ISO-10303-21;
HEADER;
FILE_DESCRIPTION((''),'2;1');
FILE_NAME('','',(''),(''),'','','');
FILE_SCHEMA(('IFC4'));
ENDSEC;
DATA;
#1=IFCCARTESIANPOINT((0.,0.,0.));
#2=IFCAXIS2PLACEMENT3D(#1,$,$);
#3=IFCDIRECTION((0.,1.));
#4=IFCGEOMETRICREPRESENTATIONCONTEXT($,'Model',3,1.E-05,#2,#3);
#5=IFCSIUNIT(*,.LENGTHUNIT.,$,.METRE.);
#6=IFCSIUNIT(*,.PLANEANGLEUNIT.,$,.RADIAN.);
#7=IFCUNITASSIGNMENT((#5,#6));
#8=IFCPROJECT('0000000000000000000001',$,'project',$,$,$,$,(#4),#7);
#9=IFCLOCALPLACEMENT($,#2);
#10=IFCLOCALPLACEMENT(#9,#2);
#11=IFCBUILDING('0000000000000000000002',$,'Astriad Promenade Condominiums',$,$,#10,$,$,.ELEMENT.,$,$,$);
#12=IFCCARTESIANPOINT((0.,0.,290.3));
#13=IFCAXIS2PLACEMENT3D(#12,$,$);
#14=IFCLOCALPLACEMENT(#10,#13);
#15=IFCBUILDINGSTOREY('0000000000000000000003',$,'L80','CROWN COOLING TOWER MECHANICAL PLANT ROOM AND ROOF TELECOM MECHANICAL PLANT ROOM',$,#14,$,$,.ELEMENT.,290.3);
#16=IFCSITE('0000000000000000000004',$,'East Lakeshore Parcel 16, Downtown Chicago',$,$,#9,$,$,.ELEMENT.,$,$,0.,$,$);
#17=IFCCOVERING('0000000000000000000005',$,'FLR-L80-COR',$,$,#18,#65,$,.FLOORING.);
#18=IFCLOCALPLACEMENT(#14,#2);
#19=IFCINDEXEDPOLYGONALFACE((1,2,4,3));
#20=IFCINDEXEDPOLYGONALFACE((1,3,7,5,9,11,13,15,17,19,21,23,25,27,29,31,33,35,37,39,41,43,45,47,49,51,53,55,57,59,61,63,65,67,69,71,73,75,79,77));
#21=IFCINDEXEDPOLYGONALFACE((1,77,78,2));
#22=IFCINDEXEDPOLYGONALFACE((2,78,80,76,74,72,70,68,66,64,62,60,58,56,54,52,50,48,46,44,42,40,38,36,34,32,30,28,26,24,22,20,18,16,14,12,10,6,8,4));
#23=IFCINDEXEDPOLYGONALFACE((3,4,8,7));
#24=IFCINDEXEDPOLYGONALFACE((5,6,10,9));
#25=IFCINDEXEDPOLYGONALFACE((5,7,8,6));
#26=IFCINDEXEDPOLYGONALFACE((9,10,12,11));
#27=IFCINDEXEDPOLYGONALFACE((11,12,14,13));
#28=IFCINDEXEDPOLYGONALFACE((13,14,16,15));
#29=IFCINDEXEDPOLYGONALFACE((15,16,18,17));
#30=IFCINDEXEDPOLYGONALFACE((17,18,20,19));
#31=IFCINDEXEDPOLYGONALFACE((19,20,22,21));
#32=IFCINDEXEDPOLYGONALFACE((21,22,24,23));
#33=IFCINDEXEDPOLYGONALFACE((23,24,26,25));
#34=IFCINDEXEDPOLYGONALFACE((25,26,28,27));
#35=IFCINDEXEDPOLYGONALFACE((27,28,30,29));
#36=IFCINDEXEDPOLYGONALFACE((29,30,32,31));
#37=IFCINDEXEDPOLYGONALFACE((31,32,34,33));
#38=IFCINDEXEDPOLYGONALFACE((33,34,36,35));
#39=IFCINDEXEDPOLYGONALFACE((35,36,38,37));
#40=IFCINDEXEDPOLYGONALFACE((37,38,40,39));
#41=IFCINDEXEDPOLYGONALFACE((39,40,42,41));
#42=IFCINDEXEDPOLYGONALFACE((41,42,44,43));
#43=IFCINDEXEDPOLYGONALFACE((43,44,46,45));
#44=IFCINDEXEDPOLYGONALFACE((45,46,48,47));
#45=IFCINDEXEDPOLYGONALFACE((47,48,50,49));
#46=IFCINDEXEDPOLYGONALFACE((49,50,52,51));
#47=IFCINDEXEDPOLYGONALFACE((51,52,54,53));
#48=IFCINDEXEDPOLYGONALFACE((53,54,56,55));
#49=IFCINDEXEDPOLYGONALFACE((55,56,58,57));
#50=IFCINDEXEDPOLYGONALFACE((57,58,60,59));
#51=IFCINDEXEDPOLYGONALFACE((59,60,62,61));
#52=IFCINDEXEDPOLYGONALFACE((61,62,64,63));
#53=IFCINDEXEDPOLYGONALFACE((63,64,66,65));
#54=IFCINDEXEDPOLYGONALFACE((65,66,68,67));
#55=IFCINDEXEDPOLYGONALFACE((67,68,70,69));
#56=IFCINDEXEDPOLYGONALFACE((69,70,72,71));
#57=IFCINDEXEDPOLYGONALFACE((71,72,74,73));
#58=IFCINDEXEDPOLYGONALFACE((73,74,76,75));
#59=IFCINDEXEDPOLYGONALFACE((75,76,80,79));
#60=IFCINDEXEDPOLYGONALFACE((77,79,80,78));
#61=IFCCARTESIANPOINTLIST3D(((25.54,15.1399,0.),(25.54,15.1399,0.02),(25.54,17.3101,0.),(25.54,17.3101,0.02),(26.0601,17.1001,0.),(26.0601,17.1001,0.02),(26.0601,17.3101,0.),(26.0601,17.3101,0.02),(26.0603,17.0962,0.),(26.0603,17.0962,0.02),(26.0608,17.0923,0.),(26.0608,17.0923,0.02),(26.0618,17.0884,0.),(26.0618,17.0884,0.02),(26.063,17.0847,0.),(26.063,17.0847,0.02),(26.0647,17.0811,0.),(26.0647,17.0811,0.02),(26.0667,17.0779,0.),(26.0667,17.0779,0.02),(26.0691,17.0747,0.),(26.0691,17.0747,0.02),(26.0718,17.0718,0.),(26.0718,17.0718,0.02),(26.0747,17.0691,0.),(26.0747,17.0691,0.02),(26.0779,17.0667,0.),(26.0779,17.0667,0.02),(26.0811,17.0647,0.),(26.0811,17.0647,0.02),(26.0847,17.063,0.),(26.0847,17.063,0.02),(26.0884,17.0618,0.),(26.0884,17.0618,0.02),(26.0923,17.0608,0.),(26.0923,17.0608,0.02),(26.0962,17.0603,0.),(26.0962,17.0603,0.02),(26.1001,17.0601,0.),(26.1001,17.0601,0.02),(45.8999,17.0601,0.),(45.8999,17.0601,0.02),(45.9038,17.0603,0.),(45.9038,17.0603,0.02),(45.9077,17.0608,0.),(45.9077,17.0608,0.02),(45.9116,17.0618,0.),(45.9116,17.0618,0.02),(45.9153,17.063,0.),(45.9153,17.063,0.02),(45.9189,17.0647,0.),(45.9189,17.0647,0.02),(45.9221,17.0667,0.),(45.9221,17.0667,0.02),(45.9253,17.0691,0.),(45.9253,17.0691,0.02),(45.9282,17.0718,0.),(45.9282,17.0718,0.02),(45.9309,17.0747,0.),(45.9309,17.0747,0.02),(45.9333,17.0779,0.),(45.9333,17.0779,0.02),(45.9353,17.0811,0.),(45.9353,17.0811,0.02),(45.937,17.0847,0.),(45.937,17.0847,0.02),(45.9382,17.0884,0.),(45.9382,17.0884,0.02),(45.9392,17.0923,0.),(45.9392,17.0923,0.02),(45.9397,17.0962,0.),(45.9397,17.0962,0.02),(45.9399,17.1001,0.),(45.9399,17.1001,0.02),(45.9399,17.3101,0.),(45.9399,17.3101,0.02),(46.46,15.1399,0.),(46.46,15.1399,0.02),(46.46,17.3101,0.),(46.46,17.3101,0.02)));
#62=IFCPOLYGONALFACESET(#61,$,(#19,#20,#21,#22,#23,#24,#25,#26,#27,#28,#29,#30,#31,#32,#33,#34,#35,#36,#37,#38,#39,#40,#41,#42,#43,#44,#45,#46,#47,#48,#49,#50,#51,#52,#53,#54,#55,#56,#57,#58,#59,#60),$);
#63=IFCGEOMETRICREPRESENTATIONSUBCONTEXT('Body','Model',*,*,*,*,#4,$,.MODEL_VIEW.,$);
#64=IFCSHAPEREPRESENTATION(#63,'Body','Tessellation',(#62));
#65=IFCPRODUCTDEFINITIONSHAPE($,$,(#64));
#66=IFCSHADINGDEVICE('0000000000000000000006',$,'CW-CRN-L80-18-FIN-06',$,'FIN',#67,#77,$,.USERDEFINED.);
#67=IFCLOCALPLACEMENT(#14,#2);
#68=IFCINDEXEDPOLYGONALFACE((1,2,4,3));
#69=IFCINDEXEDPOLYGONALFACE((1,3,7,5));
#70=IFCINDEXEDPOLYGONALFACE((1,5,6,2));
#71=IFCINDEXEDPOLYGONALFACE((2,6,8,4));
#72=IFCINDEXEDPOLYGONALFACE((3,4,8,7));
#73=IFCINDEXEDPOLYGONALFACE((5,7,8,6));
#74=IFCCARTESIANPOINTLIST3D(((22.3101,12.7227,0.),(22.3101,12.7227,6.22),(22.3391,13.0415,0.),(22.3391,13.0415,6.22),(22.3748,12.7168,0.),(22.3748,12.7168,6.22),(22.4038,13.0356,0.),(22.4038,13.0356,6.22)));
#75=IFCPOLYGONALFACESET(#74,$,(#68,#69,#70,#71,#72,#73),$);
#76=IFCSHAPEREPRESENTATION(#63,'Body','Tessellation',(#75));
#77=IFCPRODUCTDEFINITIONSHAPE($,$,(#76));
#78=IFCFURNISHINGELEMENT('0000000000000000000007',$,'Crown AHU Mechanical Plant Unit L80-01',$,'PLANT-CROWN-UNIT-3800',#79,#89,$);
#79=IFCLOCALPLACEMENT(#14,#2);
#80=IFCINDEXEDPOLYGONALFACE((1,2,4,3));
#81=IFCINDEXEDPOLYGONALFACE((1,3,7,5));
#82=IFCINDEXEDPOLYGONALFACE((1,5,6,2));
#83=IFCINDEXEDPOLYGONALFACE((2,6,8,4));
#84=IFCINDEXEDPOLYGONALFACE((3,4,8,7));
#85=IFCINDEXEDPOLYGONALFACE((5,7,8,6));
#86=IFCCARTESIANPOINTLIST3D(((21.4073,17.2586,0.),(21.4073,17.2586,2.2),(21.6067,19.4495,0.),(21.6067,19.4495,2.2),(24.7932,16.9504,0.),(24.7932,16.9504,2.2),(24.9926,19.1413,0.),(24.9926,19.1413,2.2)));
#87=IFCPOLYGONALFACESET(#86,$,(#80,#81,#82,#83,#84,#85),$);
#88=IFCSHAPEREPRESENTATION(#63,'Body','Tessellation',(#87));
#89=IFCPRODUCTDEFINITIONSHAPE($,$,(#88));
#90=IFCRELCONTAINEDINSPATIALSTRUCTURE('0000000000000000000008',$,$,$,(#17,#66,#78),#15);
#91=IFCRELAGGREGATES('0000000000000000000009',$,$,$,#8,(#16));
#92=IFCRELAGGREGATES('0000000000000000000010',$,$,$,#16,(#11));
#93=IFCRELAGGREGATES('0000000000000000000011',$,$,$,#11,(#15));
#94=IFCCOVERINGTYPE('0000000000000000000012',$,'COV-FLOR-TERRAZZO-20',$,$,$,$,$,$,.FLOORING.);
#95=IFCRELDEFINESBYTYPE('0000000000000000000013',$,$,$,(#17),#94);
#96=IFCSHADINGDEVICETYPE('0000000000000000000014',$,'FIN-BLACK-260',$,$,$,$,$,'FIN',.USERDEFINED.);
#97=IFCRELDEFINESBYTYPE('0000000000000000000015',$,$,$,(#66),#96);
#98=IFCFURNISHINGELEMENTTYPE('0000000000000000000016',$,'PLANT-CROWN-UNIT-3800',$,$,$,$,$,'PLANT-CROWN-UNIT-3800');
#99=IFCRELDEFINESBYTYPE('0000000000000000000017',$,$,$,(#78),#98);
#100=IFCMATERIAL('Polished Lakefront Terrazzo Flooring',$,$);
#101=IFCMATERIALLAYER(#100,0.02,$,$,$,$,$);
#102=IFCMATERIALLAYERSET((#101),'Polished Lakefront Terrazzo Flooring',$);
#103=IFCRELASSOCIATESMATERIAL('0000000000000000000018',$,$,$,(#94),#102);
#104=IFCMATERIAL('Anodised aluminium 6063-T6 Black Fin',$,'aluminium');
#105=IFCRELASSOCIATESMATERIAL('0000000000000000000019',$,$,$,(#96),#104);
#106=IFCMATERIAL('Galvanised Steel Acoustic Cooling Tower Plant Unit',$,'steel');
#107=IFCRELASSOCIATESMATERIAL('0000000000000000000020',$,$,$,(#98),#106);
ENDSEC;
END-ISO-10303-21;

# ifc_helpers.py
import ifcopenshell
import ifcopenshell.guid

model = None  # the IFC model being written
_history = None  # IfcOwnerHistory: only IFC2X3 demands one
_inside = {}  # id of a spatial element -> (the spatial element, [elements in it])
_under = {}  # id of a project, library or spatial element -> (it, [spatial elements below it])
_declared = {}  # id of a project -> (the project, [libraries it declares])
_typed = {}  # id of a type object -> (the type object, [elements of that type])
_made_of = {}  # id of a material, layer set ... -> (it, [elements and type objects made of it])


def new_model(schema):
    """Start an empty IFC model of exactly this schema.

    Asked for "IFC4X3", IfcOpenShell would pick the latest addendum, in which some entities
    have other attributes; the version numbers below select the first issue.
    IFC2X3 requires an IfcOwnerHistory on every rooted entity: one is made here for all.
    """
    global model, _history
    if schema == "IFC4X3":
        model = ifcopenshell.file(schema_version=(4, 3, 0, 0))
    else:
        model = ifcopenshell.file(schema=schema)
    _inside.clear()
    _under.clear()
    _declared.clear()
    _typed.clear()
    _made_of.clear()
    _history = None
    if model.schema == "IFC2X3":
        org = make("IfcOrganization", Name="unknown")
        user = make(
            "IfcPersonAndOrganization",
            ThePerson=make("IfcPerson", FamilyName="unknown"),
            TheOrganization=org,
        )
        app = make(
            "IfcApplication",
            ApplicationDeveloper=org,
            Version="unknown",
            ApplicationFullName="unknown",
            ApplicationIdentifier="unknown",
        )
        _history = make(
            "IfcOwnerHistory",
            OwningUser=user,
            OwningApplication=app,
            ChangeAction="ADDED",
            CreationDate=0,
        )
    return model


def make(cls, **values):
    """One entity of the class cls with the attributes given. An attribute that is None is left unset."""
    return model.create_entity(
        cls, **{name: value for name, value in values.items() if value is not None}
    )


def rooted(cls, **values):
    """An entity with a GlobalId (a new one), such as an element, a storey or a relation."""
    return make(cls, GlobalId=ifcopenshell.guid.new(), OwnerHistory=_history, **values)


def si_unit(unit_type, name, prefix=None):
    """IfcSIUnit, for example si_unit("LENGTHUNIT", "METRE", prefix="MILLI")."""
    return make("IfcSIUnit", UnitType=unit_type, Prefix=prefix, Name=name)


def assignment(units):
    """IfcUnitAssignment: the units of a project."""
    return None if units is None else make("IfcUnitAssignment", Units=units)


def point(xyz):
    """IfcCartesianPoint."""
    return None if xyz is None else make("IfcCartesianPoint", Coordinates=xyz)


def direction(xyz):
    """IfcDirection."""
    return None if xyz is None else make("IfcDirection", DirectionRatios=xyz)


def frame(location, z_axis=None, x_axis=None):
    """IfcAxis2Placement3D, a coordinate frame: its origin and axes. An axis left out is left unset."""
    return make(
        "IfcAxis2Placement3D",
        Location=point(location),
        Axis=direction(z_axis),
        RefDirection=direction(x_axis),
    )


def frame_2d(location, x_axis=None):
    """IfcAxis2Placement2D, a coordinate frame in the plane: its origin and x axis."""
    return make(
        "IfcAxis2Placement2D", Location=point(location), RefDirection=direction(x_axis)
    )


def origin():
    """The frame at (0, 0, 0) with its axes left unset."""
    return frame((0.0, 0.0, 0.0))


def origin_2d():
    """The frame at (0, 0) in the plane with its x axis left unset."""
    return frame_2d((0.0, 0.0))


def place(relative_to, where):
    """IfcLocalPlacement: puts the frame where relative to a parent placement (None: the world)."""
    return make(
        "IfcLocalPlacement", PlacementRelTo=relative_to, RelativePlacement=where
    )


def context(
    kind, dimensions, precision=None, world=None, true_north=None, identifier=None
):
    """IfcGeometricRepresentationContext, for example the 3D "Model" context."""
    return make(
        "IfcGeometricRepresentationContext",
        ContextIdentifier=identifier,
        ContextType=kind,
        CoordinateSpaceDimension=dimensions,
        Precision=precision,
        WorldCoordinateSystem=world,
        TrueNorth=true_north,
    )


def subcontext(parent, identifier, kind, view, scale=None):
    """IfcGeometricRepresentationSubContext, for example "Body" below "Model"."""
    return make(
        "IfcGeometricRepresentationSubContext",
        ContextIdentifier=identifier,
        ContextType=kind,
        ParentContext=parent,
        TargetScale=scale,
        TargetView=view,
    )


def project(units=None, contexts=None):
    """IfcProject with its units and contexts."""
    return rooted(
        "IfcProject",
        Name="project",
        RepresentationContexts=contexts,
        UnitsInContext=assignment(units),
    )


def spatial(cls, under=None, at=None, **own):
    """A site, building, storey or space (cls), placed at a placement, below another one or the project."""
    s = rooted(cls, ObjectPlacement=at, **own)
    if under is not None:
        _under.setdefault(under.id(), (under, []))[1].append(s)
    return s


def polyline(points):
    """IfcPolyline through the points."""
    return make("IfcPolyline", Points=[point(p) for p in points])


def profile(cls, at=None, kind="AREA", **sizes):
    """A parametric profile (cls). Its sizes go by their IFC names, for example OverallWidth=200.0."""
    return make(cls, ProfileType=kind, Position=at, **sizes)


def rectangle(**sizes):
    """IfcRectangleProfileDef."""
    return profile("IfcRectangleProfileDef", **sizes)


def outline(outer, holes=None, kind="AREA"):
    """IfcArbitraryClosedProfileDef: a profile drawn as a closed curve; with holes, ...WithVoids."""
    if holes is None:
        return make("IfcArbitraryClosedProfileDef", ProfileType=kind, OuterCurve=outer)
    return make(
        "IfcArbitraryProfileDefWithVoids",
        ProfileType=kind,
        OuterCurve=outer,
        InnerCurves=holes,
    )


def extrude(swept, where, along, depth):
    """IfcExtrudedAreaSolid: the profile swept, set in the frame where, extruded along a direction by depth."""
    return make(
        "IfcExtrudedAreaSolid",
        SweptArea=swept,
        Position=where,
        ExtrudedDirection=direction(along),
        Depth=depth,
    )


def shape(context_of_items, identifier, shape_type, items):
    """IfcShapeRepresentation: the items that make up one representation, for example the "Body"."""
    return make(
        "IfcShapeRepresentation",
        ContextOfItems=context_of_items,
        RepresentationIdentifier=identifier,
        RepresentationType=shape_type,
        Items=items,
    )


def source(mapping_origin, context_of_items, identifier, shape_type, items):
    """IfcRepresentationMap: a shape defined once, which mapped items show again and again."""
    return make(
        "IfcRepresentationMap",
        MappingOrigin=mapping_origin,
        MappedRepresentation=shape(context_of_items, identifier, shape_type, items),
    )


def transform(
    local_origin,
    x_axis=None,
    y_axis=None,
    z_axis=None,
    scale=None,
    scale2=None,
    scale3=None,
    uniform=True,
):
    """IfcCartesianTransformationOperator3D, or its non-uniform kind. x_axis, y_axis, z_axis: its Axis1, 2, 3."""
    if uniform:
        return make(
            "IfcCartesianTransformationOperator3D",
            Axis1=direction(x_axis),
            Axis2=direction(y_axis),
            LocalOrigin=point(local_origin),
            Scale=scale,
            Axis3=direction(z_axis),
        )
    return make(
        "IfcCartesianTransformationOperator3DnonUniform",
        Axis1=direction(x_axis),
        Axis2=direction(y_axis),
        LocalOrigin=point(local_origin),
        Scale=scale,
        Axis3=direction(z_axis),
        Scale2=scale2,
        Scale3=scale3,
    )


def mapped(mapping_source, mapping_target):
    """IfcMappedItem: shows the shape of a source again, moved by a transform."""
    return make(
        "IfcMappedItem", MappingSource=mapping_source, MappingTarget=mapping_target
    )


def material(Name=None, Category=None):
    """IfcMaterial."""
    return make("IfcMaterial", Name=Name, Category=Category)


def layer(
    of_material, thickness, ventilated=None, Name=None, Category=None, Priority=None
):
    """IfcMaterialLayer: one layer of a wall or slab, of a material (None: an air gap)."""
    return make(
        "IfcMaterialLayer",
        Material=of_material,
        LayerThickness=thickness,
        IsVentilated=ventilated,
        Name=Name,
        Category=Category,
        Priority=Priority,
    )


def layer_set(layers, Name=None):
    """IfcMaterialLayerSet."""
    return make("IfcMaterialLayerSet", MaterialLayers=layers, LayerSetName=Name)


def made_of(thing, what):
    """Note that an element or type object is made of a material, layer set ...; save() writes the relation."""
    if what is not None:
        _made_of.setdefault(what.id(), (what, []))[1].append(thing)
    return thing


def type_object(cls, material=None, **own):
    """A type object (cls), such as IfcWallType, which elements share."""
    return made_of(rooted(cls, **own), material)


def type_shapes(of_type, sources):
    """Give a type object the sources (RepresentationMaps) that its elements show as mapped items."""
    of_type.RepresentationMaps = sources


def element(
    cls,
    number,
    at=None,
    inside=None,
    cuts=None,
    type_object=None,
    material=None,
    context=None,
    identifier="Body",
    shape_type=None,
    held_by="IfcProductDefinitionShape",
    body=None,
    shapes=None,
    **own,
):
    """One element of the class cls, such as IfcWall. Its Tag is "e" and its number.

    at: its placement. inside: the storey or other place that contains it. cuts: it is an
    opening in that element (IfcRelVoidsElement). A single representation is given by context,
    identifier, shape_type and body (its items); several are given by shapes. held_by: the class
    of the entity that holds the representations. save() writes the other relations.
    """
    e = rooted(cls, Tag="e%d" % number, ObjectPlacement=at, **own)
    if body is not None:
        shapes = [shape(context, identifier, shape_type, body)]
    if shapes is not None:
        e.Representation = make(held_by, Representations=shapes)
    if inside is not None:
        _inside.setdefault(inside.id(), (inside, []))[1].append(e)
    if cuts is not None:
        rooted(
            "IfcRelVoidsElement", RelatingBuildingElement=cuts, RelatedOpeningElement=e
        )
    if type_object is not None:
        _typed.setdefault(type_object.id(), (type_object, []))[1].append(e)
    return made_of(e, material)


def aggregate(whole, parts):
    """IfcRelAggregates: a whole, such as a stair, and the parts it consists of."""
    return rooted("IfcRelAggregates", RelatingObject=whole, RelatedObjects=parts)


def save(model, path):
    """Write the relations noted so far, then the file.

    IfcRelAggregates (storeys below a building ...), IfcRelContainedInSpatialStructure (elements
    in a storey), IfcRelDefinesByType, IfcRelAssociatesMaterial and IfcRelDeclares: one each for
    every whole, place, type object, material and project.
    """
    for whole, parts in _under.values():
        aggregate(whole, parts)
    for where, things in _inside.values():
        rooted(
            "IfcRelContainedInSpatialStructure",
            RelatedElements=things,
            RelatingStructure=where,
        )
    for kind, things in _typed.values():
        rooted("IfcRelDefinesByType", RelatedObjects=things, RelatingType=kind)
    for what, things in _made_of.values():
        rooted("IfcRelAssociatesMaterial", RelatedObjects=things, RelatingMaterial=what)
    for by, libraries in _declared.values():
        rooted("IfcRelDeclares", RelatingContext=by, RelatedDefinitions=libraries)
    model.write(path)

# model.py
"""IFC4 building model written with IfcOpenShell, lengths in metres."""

from ifc_helpers import new_model, si_unit, direction, frame, origin, origin_2d, place, context, subcontext, project, spatial, polyline, rectangle, outline, extrude, source, transform, mapped, material, layer, layer_set, type_object, type_shapes, element, save


model = new_model("IFC4")

# Units and contexts
model_context = context("Model", 3, precision=1e-05, world=origin(), true_north=direction((0.0, 1.0)))
body_context = subcontext(model_context, "Body", "Model", "MODEL_VIEW")
ifc_project = project(units=[si_unit("LENGTHUNIT", "METRE"), si_unit("PLANEANGLEUNIT", "RADIAN")], contexts=[model_context])

# Site, building, storey
site_placement = place(None, origin())
site = spatial("IfcSite", under=ifc_project, at=site_placement, Name="East Lakeshore Parcel 16, Downtown Chicago", CompositionType="ELEMENT", RefElevation=0.0)
building_placement = place(site_placement, origin())
building = spatial("IfcBuilding", under=site, at=building_placement, Name="Astriad Promenade Condominiums", CompositionType="ELEMENT")
storey_placement = place(building_placement, frame((0.0, 0.0, 290.3)))
storey = spatial("IfcBuildingStorey", under=building, at=storey_placement, Name="L80", Description="CROWN COOLING TOWER MECHANICAL PLANT ROOM AND ROOF TELECOM MECHANICAL PLANT ROOM", CompositionType="ELEMENT", Elevation=290.3)

# Covering
ifc_material_1 = material(Name="Polished Lakefront Terrazzo Flooring")
ifc_layer_1 = layer(ifc_material_1, 0.02)
ifc_layer_set_1 = layer_set([ifc_layer_1], Name="Polished Lakefront Terrazzo Flooring")
covering_type_1 = type_object("IfcCoveringType", Name="COV-FLOR-TERRAZZO-20", PredefinedType="FLOORING", material=ifc_layer_set_1)
covering_1_placement = place(storey_placement, origin())
element("IfcCovering", 1, at=covering_1_placement, inside=storey, type_object=covering_type_1, Name="FLR-L80-COR", PredefinedType="FLOORING", context=body_context, shape_type="SweptSolid", body=[
    extrude(outline(polyline([(26.0601, 17.3101), (26.0601, 17.1001), (26.0603, 17.0962), (26.0608, 17.0923), (26.0618, 17.0884), (26.063, 17.0847), (26.0647, 17.0811), (26.0667, 17.0779), (26.0691, 17.0747), (26.0718, 17.0718), (26.0747, 17.0691), (26.0779, 17.0667), (26.0811, 17.0647), (26.0847, 17.063), (26.0884, 17.0618), (26.0923, 17.0608), (26.0962, 17.0603), (26.1001, 17.0601), (45.8999, 17.0601), (45.9038, 17.0603), (45.9077, 17.0608), (45.9116, 17.0618), (45.9153, 17.063), (45.9189, 17.0647), (45.9221, 17.0667), (45.9253, 17.0691), (45.9282, 17.0718), (45.9309, 17.0747), (45.9333, 17.0779), (45.9353, 17.0811), (45.937, 17.0847), (45.9382, 17.0884), (45.9392, 17.0923), (45.9397, 17.0962), (45.9399, 17.1001), (45.9399, 17.3101), (46.46, 17.3101), (46.46, 15.1399), (25.54, 15.1399), (25.54, 17.3101), (26.0601, 17.3101)])), origin(), (0.0, 0.0, 1.0), 0.02),
])

# Shading device
ifc_material_2 = material(Name="Anodised aluminium 6063-T6 Black Fin", Category="aluminium")
shading_device_type = type_object("IfcShadingDeviceType", Name="FIN-BLACK-260", ElementType="FIN", PredefinedType="USERDEFINED", material=ifc_material_2)
shared_shape_1 = source(origin(), body_context, "Body", "SweptSolid", [
    extrude(rectangle(XDim=0.0649, YDim=0.3201, at=origin_2d()), origin(), (0.0, 0.0, 1.0), 6.22),
])
type_shapes(shading_device_type, [shared_shape_1])
shading_device_placement = place(storey_placement, frame((22.3569, 12.8792, 0.0), z_axis=(0.0, 0.0, 1.0), x_axis=(-0.995884, 0.090633, 0.0)))
element("IfcShadingDevice", 2, at=shading_device_placement, inside=storey, type_object=shading_device_type, Name="CW-CRN-L80-18-FIN-06", ObjectType="FIN", PredefinedType="USERDEFINED", context=body_context, shape_type="MappedRepresentation", body=[
    mapped(shared_shape_1, transform((0.0, 0.0, 0.0), scale=1.0)),
])

# Furnishing element
ifc_material_3 = material(Name="Galvanised Steel Acoustic Cooling Tower Plant Unit", Category="steel")
furnishing_element_type = type_object("IfcFurnishingElementType", Name="PLANT-CROWN-UNIT-3800", ElementType="PLANT-CROWN-UNIT-3800", material=ifc_material_3)
shared_shape_2 = source(origin(), body_context, "Body", "SweptSolid", [
    extrude(rectangle(XDim=3.3999, YDim=2.2, at=origin_2d()), origin(), (0.0, 0.0, 1.0), 2.2),
])
type_shapes(furnishing_element_type, [shared_shape_2])
furnishing_placement = place(storey_placement, frame((23.2, 18.2, 0.0), z_axis=(0.0, 0.0, 1.0), x_axis=(0.995884, -0.090633, 0.0)))
element("IfcFurnishingElement", 3, at=furnishing_placement, inside=storey, type_object=furnishing_element_type, Name="Crown AHU Mechanical Plant Unit L80-01", ObjectType="PLANT-CROWN-UNIT-3800", context=body_context, shape_type="MappedRepresentation", body=[
    mapped(shared_shape_2, transform((0.0, 0.0, 0.0), scale=1.0)),
])

save(model, "model.ifc")
